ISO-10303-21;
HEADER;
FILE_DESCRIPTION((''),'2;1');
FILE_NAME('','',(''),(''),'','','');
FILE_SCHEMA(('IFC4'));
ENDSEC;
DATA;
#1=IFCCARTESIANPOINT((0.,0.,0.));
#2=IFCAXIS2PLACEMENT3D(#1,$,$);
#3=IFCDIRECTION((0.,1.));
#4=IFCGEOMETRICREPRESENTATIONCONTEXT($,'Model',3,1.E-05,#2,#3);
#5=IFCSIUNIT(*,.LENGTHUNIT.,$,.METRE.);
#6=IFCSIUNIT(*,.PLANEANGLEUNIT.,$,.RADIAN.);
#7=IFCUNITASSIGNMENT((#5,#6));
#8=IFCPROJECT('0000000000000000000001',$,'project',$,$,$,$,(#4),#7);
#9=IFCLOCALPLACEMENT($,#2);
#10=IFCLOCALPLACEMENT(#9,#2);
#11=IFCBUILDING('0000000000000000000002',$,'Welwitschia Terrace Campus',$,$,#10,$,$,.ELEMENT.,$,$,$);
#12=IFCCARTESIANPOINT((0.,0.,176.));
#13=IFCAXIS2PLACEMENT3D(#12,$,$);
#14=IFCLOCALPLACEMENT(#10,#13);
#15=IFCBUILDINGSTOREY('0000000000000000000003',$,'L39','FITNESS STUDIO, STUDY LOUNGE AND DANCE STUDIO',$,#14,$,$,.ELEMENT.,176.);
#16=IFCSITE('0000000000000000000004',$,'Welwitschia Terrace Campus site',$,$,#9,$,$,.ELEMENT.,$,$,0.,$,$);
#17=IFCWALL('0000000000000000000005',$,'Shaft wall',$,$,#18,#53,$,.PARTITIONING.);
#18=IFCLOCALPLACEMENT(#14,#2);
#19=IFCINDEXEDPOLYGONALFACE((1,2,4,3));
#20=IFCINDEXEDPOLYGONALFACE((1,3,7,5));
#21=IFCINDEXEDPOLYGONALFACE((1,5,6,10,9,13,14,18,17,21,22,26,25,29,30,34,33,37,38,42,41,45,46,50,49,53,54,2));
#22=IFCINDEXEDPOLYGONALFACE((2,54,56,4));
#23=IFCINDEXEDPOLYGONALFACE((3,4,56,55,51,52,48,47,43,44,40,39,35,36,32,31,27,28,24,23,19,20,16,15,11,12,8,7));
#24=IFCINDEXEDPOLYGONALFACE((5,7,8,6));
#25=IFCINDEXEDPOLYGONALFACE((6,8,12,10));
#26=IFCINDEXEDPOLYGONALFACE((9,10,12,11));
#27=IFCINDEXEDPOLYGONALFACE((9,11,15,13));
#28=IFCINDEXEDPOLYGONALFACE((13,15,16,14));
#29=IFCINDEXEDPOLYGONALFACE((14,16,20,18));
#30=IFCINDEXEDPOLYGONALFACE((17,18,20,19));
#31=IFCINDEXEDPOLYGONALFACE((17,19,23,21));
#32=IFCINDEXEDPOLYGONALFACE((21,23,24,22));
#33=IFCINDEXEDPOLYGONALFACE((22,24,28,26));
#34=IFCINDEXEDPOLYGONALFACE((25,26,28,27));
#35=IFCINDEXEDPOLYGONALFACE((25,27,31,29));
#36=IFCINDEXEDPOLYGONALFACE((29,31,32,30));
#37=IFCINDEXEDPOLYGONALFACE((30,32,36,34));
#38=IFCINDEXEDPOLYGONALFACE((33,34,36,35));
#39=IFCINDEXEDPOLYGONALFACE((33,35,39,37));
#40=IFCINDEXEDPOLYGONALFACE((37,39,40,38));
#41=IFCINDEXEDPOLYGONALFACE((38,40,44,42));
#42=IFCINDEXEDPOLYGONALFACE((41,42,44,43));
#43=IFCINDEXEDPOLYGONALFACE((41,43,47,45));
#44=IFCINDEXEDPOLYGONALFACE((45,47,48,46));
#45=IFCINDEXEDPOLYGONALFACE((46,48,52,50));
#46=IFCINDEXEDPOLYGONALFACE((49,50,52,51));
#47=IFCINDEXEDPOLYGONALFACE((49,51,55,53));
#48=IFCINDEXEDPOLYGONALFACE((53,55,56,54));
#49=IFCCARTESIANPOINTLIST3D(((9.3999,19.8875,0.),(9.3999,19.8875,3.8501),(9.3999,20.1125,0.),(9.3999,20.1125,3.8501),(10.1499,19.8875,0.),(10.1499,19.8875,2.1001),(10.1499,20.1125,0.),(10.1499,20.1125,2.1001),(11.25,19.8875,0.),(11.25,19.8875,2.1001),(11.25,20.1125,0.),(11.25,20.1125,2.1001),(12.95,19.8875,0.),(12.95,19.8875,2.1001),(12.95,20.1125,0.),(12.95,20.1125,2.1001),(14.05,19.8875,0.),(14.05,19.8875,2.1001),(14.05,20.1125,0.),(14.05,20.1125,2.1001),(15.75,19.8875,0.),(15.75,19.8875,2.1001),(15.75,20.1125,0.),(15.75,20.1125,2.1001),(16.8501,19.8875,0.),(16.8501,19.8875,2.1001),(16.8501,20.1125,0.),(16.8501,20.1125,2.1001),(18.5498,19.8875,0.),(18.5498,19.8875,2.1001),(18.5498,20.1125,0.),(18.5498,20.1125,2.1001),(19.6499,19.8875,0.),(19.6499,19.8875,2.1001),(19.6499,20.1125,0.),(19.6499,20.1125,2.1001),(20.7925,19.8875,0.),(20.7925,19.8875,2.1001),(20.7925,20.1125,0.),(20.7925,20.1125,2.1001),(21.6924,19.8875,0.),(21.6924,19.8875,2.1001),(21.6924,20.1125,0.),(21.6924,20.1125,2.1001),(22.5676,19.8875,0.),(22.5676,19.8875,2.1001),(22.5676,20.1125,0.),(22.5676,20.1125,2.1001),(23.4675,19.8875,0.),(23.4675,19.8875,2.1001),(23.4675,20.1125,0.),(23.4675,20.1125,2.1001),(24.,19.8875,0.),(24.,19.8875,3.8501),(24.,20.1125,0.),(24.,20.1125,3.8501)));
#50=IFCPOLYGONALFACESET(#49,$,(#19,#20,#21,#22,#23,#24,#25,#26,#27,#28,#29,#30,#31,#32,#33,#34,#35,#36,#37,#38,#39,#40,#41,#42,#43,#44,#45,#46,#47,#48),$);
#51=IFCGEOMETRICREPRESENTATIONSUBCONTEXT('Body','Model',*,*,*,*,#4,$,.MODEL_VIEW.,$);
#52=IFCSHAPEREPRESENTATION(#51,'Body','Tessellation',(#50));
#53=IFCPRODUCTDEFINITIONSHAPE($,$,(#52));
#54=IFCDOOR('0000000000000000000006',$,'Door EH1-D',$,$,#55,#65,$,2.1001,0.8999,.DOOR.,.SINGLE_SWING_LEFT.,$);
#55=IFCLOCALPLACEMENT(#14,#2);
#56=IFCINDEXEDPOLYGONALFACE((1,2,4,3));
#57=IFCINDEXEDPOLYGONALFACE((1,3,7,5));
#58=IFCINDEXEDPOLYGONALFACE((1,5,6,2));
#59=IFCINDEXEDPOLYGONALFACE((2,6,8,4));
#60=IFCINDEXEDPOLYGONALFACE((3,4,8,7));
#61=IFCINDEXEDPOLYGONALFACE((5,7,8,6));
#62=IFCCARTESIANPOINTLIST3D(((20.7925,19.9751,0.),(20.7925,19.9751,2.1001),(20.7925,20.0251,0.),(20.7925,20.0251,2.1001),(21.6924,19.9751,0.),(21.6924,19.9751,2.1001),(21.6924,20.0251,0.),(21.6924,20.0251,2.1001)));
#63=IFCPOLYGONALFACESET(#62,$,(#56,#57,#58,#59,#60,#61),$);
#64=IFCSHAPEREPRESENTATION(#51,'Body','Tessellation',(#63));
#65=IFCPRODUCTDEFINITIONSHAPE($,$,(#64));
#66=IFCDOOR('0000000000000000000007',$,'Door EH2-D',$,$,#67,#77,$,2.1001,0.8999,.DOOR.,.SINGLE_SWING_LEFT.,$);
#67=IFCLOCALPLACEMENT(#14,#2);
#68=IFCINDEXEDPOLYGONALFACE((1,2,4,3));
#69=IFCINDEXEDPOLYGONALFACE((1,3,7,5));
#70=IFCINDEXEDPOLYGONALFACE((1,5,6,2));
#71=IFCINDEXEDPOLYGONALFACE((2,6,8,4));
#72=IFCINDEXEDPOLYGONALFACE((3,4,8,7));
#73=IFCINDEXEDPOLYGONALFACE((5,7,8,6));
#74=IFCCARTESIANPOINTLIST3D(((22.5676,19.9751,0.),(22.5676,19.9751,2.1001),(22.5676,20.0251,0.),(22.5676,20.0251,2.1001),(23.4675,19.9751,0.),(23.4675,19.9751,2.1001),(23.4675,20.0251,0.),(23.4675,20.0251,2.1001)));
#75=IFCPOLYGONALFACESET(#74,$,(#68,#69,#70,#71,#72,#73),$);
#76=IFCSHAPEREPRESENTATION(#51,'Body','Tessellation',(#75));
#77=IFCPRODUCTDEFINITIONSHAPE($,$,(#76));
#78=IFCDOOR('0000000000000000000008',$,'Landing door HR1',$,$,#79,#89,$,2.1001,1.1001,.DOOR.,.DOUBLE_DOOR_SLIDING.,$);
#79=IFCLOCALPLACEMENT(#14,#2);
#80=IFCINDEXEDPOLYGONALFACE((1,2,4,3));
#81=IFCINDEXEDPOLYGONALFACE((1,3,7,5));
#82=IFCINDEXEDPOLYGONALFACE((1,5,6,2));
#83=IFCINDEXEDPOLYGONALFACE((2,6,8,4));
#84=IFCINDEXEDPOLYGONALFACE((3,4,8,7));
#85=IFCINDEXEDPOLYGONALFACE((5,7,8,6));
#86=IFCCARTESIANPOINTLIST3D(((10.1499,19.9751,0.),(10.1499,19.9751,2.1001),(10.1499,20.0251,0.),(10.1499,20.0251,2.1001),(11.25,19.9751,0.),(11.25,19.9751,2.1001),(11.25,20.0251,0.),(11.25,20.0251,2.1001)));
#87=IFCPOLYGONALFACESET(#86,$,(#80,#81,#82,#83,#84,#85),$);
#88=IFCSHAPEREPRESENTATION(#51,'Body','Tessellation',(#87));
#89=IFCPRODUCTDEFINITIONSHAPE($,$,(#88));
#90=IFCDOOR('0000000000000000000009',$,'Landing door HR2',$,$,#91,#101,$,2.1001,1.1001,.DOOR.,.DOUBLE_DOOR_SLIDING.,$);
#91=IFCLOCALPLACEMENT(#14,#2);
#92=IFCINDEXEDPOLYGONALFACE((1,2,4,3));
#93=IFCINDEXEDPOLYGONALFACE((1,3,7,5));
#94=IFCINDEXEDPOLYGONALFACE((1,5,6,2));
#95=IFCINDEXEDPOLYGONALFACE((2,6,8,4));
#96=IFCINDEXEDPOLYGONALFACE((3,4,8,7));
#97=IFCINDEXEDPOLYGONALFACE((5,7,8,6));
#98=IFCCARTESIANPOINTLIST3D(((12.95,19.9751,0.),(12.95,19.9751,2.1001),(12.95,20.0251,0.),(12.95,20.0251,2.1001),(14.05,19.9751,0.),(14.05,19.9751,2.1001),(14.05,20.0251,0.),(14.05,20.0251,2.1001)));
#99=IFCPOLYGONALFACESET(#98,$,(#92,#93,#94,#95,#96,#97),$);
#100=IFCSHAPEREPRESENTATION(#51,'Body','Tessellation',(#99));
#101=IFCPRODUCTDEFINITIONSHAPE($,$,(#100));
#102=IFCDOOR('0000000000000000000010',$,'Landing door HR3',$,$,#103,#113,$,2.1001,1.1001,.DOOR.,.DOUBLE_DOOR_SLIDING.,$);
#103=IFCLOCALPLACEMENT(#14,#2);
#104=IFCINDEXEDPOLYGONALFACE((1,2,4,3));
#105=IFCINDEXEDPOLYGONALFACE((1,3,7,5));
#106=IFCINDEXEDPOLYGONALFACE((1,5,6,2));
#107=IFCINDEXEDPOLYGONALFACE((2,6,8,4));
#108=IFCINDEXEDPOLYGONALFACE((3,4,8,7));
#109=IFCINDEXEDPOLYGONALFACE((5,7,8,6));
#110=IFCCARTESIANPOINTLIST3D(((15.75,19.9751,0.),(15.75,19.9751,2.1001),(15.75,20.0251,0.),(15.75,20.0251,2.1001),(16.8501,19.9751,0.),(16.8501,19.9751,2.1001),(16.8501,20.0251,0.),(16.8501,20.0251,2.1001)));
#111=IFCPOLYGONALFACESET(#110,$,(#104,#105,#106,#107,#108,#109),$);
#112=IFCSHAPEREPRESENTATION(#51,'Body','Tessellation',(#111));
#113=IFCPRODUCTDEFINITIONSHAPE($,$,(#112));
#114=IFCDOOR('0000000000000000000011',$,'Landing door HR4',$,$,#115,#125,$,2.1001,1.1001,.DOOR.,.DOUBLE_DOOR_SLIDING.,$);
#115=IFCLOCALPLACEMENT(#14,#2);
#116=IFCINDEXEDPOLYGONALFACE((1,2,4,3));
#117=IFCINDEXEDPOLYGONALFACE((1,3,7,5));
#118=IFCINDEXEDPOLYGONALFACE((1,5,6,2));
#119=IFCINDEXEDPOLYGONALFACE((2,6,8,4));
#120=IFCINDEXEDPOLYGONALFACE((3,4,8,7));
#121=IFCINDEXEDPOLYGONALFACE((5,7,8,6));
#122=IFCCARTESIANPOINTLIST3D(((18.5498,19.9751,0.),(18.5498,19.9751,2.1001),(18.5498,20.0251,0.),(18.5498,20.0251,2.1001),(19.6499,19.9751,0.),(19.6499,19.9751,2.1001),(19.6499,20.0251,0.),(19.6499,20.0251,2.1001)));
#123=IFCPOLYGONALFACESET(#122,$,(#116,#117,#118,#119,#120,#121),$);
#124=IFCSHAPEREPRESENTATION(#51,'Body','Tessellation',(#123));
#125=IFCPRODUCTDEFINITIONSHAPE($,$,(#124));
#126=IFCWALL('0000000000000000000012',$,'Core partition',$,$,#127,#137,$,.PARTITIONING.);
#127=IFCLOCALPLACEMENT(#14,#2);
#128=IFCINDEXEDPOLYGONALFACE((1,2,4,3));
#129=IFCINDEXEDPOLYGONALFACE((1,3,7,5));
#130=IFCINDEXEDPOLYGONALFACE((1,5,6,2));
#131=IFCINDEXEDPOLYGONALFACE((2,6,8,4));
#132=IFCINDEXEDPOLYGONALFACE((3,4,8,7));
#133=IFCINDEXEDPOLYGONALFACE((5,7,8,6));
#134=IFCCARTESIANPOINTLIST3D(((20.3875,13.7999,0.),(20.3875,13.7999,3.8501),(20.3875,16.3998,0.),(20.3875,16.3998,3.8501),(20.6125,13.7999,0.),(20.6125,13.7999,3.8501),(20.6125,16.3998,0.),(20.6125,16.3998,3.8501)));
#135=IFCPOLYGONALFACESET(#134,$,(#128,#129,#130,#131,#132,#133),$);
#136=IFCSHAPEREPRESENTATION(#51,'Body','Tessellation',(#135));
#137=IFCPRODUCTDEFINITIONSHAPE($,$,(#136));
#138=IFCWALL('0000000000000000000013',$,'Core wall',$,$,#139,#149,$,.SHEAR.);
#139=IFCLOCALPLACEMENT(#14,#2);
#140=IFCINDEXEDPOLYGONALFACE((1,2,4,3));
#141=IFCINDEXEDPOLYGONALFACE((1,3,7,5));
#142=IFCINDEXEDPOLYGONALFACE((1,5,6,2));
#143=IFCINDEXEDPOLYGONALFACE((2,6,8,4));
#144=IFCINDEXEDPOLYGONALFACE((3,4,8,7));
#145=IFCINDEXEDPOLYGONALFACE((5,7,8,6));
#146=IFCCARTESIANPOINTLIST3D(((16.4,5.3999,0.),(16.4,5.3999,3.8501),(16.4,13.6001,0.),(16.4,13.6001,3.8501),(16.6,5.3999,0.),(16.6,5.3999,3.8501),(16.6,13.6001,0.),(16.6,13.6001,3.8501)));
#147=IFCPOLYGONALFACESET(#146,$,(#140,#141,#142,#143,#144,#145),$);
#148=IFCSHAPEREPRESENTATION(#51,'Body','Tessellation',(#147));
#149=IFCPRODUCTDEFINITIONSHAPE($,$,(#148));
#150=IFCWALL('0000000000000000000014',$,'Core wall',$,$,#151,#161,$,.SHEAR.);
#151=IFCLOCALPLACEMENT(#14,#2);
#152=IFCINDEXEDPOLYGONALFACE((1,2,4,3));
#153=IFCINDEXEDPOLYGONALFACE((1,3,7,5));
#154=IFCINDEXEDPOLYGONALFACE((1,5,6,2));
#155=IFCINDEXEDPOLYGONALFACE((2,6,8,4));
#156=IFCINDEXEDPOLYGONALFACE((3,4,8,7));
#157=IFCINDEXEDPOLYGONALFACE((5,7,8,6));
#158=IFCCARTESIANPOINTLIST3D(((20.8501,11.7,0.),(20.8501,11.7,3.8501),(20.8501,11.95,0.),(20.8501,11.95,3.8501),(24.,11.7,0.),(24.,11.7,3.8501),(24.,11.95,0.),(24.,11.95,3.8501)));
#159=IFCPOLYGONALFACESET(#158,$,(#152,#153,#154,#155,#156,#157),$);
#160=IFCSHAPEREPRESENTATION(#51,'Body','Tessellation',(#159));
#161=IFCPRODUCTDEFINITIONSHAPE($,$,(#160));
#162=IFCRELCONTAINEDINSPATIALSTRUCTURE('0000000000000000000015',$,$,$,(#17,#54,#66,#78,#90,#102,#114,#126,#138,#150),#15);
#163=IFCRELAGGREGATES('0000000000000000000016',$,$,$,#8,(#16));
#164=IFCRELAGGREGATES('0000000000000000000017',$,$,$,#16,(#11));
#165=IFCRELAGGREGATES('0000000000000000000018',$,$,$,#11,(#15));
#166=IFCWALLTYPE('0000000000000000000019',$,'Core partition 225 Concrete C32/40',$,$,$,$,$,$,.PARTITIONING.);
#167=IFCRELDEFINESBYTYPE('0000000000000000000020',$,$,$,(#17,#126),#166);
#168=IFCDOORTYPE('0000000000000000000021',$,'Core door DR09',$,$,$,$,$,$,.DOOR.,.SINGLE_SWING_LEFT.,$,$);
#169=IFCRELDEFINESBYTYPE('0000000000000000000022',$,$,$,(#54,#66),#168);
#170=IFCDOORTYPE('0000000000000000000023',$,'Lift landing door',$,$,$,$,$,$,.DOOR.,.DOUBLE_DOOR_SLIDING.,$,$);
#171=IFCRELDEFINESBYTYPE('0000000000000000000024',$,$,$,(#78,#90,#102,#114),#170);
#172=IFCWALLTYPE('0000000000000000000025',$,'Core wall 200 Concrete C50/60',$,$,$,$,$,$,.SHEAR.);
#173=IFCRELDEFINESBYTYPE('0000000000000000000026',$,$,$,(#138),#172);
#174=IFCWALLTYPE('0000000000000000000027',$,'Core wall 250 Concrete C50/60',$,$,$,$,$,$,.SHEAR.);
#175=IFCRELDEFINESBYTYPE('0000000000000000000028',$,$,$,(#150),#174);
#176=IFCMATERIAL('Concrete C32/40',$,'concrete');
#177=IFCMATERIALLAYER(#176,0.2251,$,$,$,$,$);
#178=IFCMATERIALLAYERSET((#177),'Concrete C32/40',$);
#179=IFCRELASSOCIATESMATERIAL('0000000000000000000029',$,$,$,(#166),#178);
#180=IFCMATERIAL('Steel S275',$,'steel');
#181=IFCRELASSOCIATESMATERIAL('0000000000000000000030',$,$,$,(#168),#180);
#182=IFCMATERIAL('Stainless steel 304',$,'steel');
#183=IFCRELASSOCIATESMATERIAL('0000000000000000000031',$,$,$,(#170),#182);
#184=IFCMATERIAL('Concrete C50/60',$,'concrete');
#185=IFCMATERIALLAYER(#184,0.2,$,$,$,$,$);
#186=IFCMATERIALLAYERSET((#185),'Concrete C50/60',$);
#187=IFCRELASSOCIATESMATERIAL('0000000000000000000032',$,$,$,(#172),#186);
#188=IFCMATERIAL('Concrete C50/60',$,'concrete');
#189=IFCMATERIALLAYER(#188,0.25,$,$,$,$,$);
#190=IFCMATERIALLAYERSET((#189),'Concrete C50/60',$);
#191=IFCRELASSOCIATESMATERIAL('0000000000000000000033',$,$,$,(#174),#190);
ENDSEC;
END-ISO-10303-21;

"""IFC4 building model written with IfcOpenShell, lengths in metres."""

from ifc_helpers import new_model, si_unit, direction, frame, frame_2d, origin, place, context, subcontext, project, spatial, rectangle, extrude, material, layer, layer_set, type_object, element, fill, save


model = new_model("IFC4")

# Units and contexts
model_context = context("Model", 3, precision=1e-05, world=origin(), true_north=direction((0.0, 1.0)))
body_context = subcontext(model_context, "Body", "Model", "MODEL_VIEW")
ifc_project = project(units=[si_unit("LENGTHUNIT", "METRE"), si_unit("PLANEANGLEUNIT", "RADIAN")], contexts=[model_context])

# Site, building, storey
site_placement = place(None, origin())
site = spatial("IfcSite", under=ifc_project, at=site_placement, Name="Welwitschia Terrace Campus site", CompositionType="ELEMENT", RefElevation=0.0)
building_placement = place(site_placement, origin())
building = spatial("IfcBuilding", under=site, at=building_placement, Name="Welwitschia Terrace Campus", CompositionType="ELEMENT")
storey_placement = place(building_placement, frame((0.0, 0.0, 176.0)))
storey = spatial("IfcBuildingStorey", under=building, at=storey_placement, Name="L39", Description="FITNESS STUDIO, STUDY LOUNGE AND DANCE STUDIO", CompositionType="ELEMENT", Elevation=176.0)

# Shared definitions
ifc_material_1 = material(Name="Concrete C32/40", Category="concrete")
ifc_layer_1 = layer(ifc_material_1, 0.2251)
ifc_layer_set_1 = layer_set([ifc_layer_1], Name="Concrete C32/40")
wall_type_1 = type_object("IfcWallType", Name="Core partition 225 Concrete C32/40", PredefinedType="PARTITIONING", material=ifc_layer_set_1)

# Wall, openings, doors
wall_1_placement = place(storey_placement, frame((24.0, 20.0, 0.0), z_axis=(0.0, 0.0, 1.0), x_axis=(-1.0, 0.0, 0.0)))
wall_1 = element("IfcWall", 1, at=wall_1_placement, inside=storey, type_object=wall_type_1, Name="Shaft wall", PredefinedType="PARTITIONING", context=body_context, shape_type="SweptSolid", body=[
    extrude(rectangle(XDim=14.6001, YDim=0.2251, at=frame_2d((7.3, 0.0))), origin(), (0.0, 0.0, 1.0), 3.8501),
])
opening_1_placement = place(wall_1_placement, frame((12.75, 0.0, 0.0)))
opening_1 = element("IfcOpeningElement", 2, at=opening_1_placement, cuts=wall_1, PredefinedType="OPENING", context=body_context, shape_type="SweptSolid", body=[
    extrude(rectangle(XDim=1.1001, YDim=2.1001, at=frame_2d((0.55, 1.05))), frame((0.0, 0.1226, 0.0), z_axis=(0.0, -1.0, 0.0), x_axis=(1.0, 0.0, 0.0)), (0.0, 0.0, 1.0), 0.2451),
])
opening_2_placement = place(wall_1_placement, frame((9.95, 0.0, 0.0)))
opening_2 = element("IfcOpeningElement", 3, at=opening_2_placement, cuts=wall_1, PredefinedType="OPENING", context=body_context, shape_type="SweptSolid", body=[
    extrude(rectangle(XDim=1.1001, YDim=2.1001, at=frame_2d((0.55, 1.05))), frame((0.0, 0.1226, 0.0), z_axis=(0.0, -1.0, 0.0), x_axis=(1.0, 0.0, 0.0)), (0.0, 0.0, 1.0), 0.2451),
])
opening_3_placement = place(wall_1_placement, frame((7.1499, 0.0, 0.0)))
opening_3 = element("IfcOpeningElement", 4, at=opening_3_placement, cuts=wall_1, PredefinedType="OPENING", context=body_context, shape_type="SweptSolid", body=[
    extrude(rectangle(XDim=1.1001, YDim=2.1001, at=frame_2d((0.55, 1.05))), frame((0.0, 0.1226, 0.0), z_axis=(0.0, -1.0, 0.0), x_axis=(1.0, 0.0, 0.0)), (0.0, 0.0, 1.0), 0.2451),
])
opening_4_placement = place(wall_1_placement, frame((4.3501, 0.0, 0.0)))
opening_4 = element("IfcOpeningElement", 5, at=opening_4_placement, cuts=wall_1, PredefinedType="OPENING", context=body_context, shape_type="SweptSolid", body=[
    extrude(rectangle(XDim=1.1001, YDim=2.1001, at=frame_2d((0.55, 1.05))), frame((0.0, 0.1226, 0.0), z_axis=(0.0, -1.0, 0.0), x_axis=(1.0, 0.0, 0.0)), (0.0, 0.0, 1.0), 0.2451),
])
opening_5_placement = place(wall_1_placement, frame((2.3076, 0.0, 0.0)))
opening_5 = element("IfcOpeningElement", 6, at=opening_5_placement, cuts=wall_1, PredefinedType="OPENING", context=body_context, shape_type="SweptSolid", body=[
    extrude(rectangle(XDim=0.8999, YDim=2.1001, at=frame_2d((0.45, 1.05))), frame((0.0, 0.1226, 0.0), z_axis=(0.0, -1.0, 0.0), x_axis=(1.0, 0.0, 0.0)), (0.0, 0.0, 1.0), 0.2451),
])
opening_6_placement = place(wall_1_placement, frame((0.5325, 0.0, 0.0)))
opening_6 = element("IfcOpeningElement", 7, at=opening_6_placement, cuts=wall_1, PredefinedType="OPENING", context=body_context, shape_type="SweptSolid", body=[
    extrude(rectangle(XDim=0.8999, YDim=2.1001, at=frame_2d((0.45, 1.05))), frame((0.0, 0.1226, 0.0), z_axis=(0.0, -1.0, 0.0), x_axis=(1.0, 0.0, 0.0)), (0.0, 0.0, 1.0), 0.2451),
])
ifc_material_2 = material(Name="Steel S275", Category="steel")
door_type_1 = type_object("IfcDoorType", Name="Core door DR09", OperationType="SINGLE_SWING_LEFT", PredefinedType="DOOR", material=ifc_material_2)
door_1_placement = place(opening_5_placement, origin())
door_1 = element("IfcDoor", 8, at=door_1_placement, inside=storey, type_object=door_type_1, Name="Door EH1-D", OperationType="SINGLE_SWING_LEFT", OverallHeight=2.1001, OverallWidth=0.8999, PredefinedType="DOOR", context=body_context, shape_type="SweptSolid", body=[
    extrude(rectangle(XDim=0.8999, YDim=2.1001, at=frame_2d((0.45, 1.05))), frame((0.0, 0.0249, 0.0), z_axis=(0.0, -1.0, 0.0), x_axis=(1.0, 0.0, 0.0)), (0.0, 0.0, 1.0), 0.05),
])
fill(opening_5, door_1)
door_2_placement = place(opening_6_placement, origin())
door_2 = element("IfcDoor", 9, at=door_2_placement, inside=storey, type_object=door_type_1, Name="Door EH2-D", OperationType="SINGLE_SWING_LEFT", OverallHeight=2.1001, OverallWidth=0.8999, PredefinedType="DOOR", context=body_context, shape_type="SweptSolid", body=[
    extrude(rectangle(XDim=0.8999, YDim=2.1001, at=frame_2d((0.45, 1.05))), frame((0.0, 0.0249, 0.0), z_axis=(0.0, -1.0, 0.0), x_axis=(1.0, 0.0, 0.0)), (0.0, 0.0, 1.0), 0.05),
])
fill(opening_6, door_2)
ifc_material_3 = material(Name="Stainless steel 304", Category="steel")
door_type_2 = type_object("IfcDoorType", Name="Lift landing door", OperationType="DOUBLE_DOOR_SLIDING", PredefinedType="DOOR", material=ifc_material_3)
door_3_placement = place(opening_1_placement, origin())
door_3 = element("IfcDoor", 10, at=door_3_placement, inside=storey, type_object=door_type_2, Name="Landing door HR1", OperationType="DOUBLE_DOOR_SLIDING", OverallHeight=2.1001, OverallWidth=1.1001, PredefinedType="DOOR", context=body_context, shape_type="SweptSolid", body=[
    extrude(rectangle(XDim=1.1001, YDim=2.1001, at=frame_2d((0.55, 1.05))), frame((0.0, 0.0249, 0.0), z_axis=(0.0, -1.0, 0.0), x_axis=(1.0, 0.0, 0.0)), (0.0, 0.0, 1.0), 0.05),
])
fill(opening_1, door_3)
door_4_placement = place(opening_2_placement, origin())
door_4 = element("IfcDoor", 11, at=door_4_placement, inside=storey, type_object=door_type_2, Name="Landing door HR2", OperationType="DOUBLE_DOOR_SLIDING", OverallHeight=2.1001, OverallWidth=1.1001, PredefinedType="DOOR", context=body_context, shape_type="SweptSolid", body=[
    extrude(rectangle(XDim=1.1001, YDim=2.1001, at=frame_2d((0.55, 1.05))), frame((0.0, 0.0249, 0.0), z_axis=(0.0, -1.0, 0.0), x_axis=(1.0, 0.0, 0.0)), (0.0, 0.0, 1.0), 0.05),
])
fill(opening_2, door_4)
door_5_placement = place(opening_3_placement, origin())
door_5 = element("IfcDoor", 12, at=door_5_placement, inside=storey, type_object=door_type_2, Name="Landing door HR3", OperationType="DOUBLE_DOOR_SLIDING", OverallHeight=2.1001, OverallWidth=1.1001, PredefinedType="DOOR", context=body_context, shape_type="SweptSolid", body=[
    extrude(rectangle(XDim=1.1001, YDim=2.1001, at=frame_2d((0.55, 1.05))), frame((0.0, 0.0249, 0.0), z_axis=(0.0, -1.0, 0.0), x_axis=(1.0, 0.0, 0.0)), (0.0, 0.0, 1.0), 0.05),
])
fill(opening_3, door_5)
door_6_placement = place(opening_4_placement, origin())
door_6 = element("IfcDoor", 13, at=door_6_placement, inside=storey, type_object=door_type_2, Name="Landing door HR4", OperationType="DOUBLE_DOOR_SLIDING", OverallHeight=2.1001, OverallWidth=1.1001, PredefinedType="DOOR", context=body_context, shape_type="SweptSolid", body=[
    extrude(rectangle(XDim=1.1001, YDim=2.1001, at=frame_2d((0.55, 1.05))), frame((0.0, 0.0249, 0.0), z_axis=(0.0, -1.0, 0.0), x_axis=(1.0, 0.0, 0.0)), (0.0, 0.0, 1.0), 0.05),
])
fill(opening_4, door_6)

# Walls
wall_2_placement = place(storey_placement, frame((20.5, 13.8, 0.0), z_axis=(0.0, 0.0, 1.0), x_axis=(0.0, 1.0, 0.0)))
element("IfcWall", 14, at=wall_2_placement, inside=storey, type_object=wall_type_1, Name="Core partition", PredefinedType="PARTITIONING", context=body_context, shape_type="SweptSolid", body=[
    extrude(rectangle(XDim=2.5999, YDim=0.2251, at=frame_2d((1.2998, 0.0))), origin(), (0.0, 0.0, 1.0), 3.8501),
])
ifc_material_4 = material(Name="Concrete C50/60", Category="concrete")
ifc_layer_2 = layer(ifc_material_4, 0.2)
ifc_layer_set_2 = layer_set([ifc_layer_2], Name="Concrete C50/60")
wall_type_2 = type_object("IfcWallType", Name="Core wall 200 Concrete C50/60", PredefinedType="SHEAR", material=ifc_layer_set_2)
wall_3_placement = place(storey_placement, frame((16.5, 5.3999, 0.0), z_axis=(0.0, 0.0, 1.0), x_axis=(0.0, 1.0, 0.0)))
element("IfcWall", 15, at=wall_3_placement, inside=storey, type_object=wall_type_2, Name="Core wall", PredefinedType="SHEAR", context=body_context, shape_type="SweptSolid", body=[
    extrude(rectangle(XDim=8.2002, YDim=0.2, at=frame_2d((4.1001, 0.0))), origin(), (0.0, 0.0, 1.0), 3.8501),
])
ifc_material_5 = material(Name="Concrete C50/60", Category="concrete")
ifc_layer_3 = layer(ifc_material_5, 0.25)
ifc_layer_set_3 = layer_set([ifc_layer_3], Name="Concrete C50/60")
wall_type_3 = type_object("IfcWallType", Name="Core wall 250 Concrete C50/60", PredefinedType="SHEAR", material=ifc_layer_set_3)
wall_4_placement = place(storey_placement, frame((20.8501, 11.825, 0.0), z_axis=(0.0, 0.0, 1.0), x_axis=(1.0, 0.0, 0.0)))
element("IfcWall", 16, at=wall_4_placement, inside=storey, type_object=wall_type_3, Name="Core wall", PredefinedType="SHEAR", context=body_context, shape_type="SweptSolid", body=[
    extrude(rectangle(XDim=3.1499, YDim=0.25, at=frame_2d((1.575, 0.0))), origin(), (0.0, 0.0, 1.0), 3.8501),
])

save(model, "model.ifc")
